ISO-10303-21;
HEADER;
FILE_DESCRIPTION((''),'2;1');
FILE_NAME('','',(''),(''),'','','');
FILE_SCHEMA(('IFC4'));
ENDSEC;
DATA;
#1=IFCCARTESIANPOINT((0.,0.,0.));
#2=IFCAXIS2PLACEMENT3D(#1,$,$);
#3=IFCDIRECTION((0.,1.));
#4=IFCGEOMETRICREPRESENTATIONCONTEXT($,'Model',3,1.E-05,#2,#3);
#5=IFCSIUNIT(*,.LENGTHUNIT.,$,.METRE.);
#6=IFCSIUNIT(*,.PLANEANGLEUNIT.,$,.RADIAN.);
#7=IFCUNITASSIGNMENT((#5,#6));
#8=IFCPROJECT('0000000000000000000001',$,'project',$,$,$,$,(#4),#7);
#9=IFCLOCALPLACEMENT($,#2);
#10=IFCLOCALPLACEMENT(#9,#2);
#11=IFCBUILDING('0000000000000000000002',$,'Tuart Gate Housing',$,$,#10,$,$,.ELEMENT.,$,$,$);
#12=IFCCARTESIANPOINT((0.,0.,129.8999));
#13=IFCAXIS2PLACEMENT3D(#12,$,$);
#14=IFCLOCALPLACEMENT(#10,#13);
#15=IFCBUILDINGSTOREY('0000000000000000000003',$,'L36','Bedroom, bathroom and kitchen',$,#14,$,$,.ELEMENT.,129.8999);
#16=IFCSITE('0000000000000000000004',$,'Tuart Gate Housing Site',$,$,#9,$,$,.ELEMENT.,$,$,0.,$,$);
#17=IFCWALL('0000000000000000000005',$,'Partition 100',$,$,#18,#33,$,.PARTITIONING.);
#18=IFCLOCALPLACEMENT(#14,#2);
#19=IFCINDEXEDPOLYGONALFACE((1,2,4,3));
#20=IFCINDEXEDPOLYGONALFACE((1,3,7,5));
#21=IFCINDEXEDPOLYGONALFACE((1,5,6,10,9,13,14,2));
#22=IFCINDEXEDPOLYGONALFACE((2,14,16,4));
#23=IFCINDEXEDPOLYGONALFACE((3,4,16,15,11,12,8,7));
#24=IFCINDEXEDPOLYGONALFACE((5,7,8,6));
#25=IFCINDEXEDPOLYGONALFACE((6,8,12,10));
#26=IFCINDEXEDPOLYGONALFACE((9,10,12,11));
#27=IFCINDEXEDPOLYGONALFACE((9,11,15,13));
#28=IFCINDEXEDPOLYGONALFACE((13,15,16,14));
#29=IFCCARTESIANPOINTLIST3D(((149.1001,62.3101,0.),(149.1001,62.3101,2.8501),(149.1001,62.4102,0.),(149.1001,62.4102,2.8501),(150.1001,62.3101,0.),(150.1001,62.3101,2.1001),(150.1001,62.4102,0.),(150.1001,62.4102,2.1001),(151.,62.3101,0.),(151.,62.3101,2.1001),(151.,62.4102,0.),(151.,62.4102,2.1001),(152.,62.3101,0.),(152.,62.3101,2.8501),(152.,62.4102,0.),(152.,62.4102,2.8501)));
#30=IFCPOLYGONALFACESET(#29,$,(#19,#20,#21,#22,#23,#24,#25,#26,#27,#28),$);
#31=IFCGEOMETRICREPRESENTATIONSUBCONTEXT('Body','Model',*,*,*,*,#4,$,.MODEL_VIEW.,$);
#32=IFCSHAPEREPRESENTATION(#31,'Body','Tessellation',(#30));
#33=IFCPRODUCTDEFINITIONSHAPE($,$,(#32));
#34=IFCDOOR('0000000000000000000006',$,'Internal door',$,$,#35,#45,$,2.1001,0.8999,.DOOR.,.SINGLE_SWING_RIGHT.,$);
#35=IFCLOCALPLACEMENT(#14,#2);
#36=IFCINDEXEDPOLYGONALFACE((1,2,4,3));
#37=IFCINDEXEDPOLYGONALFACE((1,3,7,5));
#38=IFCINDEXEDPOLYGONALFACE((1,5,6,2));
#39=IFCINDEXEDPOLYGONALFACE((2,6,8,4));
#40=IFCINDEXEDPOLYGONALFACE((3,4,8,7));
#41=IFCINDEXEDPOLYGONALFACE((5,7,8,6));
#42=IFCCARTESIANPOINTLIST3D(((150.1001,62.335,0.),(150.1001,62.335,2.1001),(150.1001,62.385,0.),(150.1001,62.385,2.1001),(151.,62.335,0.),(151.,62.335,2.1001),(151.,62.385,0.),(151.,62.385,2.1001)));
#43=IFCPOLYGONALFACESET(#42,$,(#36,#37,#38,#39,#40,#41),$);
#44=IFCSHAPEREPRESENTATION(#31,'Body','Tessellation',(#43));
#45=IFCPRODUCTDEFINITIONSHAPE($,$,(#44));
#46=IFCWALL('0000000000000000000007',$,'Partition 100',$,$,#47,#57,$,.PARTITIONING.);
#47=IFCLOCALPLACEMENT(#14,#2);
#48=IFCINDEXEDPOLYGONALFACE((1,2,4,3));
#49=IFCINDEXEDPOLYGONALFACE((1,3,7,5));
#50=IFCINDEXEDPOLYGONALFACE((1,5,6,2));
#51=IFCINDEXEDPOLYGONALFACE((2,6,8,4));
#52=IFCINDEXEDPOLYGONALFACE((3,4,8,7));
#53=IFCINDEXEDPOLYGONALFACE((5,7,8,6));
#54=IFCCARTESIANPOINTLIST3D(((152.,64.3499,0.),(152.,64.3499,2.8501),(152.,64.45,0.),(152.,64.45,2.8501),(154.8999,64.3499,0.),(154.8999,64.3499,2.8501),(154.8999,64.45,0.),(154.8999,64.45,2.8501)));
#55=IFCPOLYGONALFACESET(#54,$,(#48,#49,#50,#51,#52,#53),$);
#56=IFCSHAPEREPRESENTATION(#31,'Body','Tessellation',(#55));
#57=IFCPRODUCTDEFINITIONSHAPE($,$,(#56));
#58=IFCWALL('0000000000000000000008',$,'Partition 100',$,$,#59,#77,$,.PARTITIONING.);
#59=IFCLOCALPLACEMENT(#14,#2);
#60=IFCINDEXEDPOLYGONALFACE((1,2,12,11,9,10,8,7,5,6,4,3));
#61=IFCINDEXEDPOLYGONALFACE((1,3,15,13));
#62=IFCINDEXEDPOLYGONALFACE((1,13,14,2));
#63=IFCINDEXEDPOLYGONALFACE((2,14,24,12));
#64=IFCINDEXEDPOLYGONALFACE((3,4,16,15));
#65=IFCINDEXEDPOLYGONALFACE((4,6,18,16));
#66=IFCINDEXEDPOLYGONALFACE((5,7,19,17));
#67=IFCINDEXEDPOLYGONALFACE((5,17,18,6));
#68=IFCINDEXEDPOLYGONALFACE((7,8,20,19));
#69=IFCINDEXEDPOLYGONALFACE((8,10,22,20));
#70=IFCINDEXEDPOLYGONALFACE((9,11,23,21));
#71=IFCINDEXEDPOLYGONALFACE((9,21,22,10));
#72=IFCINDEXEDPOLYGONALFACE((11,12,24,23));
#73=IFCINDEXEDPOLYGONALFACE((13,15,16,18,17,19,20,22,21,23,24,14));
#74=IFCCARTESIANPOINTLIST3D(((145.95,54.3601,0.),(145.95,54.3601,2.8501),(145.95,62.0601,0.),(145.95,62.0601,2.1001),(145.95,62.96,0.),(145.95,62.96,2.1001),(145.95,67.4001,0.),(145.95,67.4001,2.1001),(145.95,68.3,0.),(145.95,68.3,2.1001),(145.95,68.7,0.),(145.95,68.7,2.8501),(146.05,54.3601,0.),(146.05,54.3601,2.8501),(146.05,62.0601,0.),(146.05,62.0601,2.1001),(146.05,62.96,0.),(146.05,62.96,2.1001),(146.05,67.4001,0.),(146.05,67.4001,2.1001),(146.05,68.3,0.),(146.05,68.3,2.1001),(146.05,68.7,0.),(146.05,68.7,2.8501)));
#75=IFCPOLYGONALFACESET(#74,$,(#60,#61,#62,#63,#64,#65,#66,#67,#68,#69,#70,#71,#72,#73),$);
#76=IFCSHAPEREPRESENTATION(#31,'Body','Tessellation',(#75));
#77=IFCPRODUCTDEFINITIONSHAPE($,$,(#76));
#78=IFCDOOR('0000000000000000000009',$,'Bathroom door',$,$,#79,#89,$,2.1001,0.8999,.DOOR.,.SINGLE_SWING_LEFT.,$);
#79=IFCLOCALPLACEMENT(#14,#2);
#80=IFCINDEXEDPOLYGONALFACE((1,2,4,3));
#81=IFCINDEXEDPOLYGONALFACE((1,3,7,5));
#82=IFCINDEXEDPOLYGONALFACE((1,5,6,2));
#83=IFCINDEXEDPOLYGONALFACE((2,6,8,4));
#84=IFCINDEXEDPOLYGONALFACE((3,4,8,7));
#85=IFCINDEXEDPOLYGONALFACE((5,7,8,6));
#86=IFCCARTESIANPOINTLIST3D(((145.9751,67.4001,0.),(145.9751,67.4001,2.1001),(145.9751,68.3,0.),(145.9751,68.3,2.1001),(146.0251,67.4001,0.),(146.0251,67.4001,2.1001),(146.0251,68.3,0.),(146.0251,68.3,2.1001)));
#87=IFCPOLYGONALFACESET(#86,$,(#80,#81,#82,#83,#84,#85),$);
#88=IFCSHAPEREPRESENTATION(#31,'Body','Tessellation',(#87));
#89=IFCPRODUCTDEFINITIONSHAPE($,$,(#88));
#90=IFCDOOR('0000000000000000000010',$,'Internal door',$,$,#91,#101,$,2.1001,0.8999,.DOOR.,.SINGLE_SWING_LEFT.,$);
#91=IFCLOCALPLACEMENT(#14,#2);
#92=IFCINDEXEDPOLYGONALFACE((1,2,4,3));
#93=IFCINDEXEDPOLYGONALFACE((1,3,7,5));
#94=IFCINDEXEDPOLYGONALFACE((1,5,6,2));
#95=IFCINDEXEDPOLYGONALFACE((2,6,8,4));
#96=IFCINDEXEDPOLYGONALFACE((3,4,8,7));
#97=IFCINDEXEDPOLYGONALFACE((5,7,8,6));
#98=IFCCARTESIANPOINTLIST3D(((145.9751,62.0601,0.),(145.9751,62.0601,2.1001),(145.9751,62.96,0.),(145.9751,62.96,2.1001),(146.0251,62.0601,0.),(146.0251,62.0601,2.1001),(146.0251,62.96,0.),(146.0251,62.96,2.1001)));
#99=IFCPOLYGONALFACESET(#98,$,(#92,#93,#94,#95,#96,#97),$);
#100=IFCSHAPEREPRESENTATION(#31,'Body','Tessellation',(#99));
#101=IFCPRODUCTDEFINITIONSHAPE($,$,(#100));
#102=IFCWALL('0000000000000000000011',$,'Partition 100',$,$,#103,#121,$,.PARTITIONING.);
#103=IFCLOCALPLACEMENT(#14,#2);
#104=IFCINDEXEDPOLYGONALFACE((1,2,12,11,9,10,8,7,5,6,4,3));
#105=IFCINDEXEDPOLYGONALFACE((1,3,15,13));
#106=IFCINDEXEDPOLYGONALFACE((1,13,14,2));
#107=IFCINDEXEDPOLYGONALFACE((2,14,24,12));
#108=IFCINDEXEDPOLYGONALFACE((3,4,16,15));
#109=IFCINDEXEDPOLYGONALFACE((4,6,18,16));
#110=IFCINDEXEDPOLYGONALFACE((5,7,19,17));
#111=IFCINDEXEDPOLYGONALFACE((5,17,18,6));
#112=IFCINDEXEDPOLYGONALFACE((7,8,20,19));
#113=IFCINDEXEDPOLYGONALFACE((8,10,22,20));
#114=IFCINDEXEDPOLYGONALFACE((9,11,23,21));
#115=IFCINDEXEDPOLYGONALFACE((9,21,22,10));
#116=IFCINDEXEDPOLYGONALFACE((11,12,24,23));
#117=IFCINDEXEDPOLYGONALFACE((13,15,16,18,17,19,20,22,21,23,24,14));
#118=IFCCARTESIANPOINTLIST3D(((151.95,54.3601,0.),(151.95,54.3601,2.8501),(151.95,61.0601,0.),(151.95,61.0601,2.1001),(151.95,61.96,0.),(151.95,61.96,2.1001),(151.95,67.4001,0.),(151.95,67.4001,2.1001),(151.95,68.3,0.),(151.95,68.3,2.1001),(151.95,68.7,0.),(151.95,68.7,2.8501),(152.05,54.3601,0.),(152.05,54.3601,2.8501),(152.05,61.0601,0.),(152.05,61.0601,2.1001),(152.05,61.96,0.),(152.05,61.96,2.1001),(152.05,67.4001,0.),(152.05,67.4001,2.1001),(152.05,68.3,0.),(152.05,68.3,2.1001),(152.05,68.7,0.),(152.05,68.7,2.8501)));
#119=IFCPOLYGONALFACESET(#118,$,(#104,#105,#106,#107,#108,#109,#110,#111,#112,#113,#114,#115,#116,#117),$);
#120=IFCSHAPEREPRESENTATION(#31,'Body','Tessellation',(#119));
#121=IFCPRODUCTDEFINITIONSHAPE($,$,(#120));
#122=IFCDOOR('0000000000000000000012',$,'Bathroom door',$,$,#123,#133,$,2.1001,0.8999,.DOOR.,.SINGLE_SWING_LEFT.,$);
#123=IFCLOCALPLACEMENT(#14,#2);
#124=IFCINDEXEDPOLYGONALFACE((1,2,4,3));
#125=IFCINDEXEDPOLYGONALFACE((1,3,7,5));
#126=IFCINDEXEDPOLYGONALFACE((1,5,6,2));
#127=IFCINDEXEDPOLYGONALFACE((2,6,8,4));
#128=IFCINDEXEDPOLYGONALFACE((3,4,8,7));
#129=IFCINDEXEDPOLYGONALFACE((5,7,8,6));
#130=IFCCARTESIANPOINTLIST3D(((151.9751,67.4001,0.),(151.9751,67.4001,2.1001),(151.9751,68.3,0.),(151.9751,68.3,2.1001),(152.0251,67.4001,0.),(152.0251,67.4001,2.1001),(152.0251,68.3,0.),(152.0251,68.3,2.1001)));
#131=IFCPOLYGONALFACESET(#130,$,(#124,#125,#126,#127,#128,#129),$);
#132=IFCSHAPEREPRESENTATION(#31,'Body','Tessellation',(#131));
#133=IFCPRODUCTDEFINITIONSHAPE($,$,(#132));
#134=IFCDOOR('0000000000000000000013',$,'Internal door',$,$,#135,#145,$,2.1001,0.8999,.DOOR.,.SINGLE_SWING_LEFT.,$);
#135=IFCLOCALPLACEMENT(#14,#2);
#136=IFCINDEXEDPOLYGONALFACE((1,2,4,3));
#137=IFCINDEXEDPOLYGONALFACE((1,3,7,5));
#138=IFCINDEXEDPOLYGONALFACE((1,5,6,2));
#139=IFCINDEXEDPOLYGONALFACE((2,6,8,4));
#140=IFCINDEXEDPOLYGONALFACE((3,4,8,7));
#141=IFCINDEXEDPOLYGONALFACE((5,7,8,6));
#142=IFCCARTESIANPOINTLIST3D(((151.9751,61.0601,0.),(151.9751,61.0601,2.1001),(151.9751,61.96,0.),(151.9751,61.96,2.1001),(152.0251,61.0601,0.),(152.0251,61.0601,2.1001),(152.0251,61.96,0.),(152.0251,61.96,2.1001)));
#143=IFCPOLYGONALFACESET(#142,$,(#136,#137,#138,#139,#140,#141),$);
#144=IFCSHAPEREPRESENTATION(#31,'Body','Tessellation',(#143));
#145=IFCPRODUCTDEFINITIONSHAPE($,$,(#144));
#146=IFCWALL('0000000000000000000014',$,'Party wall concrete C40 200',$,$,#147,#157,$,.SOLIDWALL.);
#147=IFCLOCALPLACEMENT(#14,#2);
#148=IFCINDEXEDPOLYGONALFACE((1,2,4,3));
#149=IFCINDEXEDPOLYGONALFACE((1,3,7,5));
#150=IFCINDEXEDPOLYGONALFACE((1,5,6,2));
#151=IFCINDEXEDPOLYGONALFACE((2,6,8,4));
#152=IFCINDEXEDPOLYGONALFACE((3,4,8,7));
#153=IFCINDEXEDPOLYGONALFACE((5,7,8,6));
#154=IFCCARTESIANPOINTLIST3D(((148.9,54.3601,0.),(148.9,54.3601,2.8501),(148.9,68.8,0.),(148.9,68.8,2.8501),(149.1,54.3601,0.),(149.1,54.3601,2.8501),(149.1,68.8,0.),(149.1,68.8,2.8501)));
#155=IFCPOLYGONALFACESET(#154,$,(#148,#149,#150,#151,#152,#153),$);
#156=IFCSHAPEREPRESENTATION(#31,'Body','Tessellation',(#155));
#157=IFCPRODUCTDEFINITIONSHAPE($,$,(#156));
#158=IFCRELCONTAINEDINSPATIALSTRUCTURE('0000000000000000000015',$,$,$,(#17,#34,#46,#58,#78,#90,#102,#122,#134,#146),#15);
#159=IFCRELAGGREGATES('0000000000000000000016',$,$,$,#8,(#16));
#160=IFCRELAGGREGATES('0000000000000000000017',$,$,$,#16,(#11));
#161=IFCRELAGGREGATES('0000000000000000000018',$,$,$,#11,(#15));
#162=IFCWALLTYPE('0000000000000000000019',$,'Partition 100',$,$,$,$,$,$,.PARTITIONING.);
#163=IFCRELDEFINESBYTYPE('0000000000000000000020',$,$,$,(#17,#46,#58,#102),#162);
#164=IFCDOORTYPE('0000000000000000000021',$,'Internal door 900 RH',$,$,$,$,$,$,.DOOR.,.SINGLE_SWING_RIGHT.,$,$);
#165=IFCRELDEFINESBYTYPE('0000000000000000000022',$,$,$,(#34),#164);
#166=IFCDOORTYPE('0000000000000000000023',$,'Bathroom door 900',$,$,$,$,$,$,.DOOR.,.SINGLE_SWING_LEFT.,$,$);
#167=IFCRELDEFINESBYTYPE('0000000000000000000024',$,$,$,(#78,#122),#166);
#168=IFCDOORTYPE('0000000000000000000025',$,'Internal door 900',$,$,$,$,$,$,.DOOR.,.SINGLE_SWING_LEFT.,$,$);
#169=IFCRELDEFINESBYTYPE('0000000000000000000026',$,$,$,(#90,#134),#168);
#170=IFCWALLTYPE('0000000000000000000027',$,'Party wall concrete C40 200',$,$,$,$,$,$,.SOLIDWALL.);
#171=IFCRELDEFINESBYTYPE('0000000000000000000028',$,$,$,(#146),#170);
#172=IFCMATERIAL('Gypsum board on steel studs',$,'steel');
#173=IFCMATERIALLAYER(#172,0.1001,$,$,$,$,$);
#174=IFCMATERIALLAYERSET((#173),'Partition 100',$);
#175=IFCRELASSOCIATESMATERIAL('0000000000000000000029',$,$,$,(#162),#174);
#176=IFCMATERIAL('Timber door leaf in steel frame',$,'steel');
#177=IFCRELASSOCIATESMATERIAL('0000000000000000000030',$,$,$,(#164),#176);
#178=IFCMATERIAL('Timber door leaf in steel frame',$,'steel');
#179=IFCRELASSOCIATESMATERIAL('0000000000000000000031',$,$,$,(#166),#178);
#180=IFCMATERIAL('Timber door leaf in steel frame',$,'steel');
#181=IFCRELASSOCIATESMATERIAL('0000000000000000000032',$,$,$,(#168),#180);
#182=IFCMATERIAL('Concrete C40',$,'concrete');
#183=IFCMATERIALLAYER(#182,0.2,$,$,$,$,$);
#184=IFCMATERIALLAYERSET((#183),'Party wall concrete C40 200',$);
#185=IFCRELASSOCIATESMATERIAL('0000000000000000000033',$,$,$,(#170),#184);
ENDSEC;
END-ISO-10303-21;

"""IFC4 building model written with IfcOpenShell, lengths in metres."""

from ifc_helpers import new_model, si_unit, direction, frame, frame_2d, origin, place, context, subcontext, project, spatial, rectangle, extrude, material, layer, layer_set, type_object, element, fill, save


model = new_model("IFC4")

# Units and contexts
model_context = context("Model", 3, precision=1e-05, world=origin(), true_north=direction((0.0, 1.0)))
body_context = subcontext(model_context, "Body", "Model", "MODEL_VIEW")
ifc_project = project(units=[si_unit("LENGTHUNIT", "METRE"), si_unit("PLANEANGLEUNIT", "RADIAN")], contexts=[model_context])

# Site, building, storey
site_placement = place(None, origin())
site = spatial("IfcSite", under=ifc_project, at=site_placement, Name="Tuart Gate Housing Site", CompositionType="ELEMENT", RefElevation=0.0)
building_placement = place(site_placement, origin())
building = spatial("IfcBuilding", under=site, at=building_placement, Name="Tuart Gate Housing", CompositionType="ELEMENT")
storey_placement = place(building_placement, frame((0.0, 0.0, 129.8999)))
storey = spatial("IfcBuildingStorey", under=building, at=storey_placement, Name="L36", Description="Bedroom, bathroom and kitchen", CompositionType="ELEMENT", Elevation=129.8999)

# Shared definitions
ifc_material_1 = material(Name="Gypsum board on steel studs", Category="steel")
ifc_layer_1 = layer(ifc_material_1, 0.1001)
ifc_layer_set_1 = layer_set([ifc_layer_1], Name="Partition 100")
wall_type_1 = type_object("IfcWallType", Name="Partition 100", PredefinedType="PARTITIONING", material=ifc_layer_set_1)

# Wall, opening, door
wall_1_placement = place(storey_placement, frame((149.1001, 62.3601, 0.0), z_axis=(0.0, 0.0, 1.0), x_axis=(1.0, 0.0, 0.0)))
wall_1 = element("IfcWall", 1, at=wall_1_placement, inside=storey, type_object=wall_type_1, Name="Partition 100", PredefinedType="PARTITIONING", context=body_context, shape_type="SweptSolid", body=[
    extrude(rectangle(XDim=2.8999, YDim=0.1001, at=frame_2d((1.45, 0.0))), origin(), (0.0, 0.0, 1.0), 2.8501),
])
opening_1_placement = place(wall_1_placement, frame((1.0, 0.0, 0.0)))
opening_1 = element("IfcOpeningElement", 2, at=opening_1_placement, cuts=wall_1, PredefinedType="OPENING", context=body_context, shape_type="SweptSolid", body=[
    extrude(rectangle(XDim=0.8999, YDim=2.1001, at=frame_2d((0.45, 1.05))), frame((0.0, 0.0601, 0.0), z_axis=(0.0, -1.0, 0.0), x_axis=(1.0, 0.0, 0.0)), (0.0, 0.0, 1.0), 0.1201),
])
ifc_material_2 = material(Name="Timber door leaf in steel frame", Category="steel")
door_type_1 = type_object("IfcDoorType", Name="Internal door 900 RH", OperationType="SINGLE_SWING_RIGHT", PredefinedType="DOOR", material=ifc_material_2)
door_1_placement = place(opening_1_placement, origin())
door_1 = element("IfcDoor", 3, at=door_1_placement, inside=storey, type_object=door_type_1, Name="Internal door", OperationType="SINGLE_SWING_RIGHT", OverallHeight=2.1001, OverallWidth=0.8999, PredefinedType="DOOR", context=body_context, shape_type="SweptSolid", body=[
    extrude(rectangle(XDim=0.8999, YDim=2.1001, at=frame_2d((0.45, 1.05))), frame((0.0, 0.0249, 0.0), z_axis=(0.0, -1.0, 0.0), x_axis=(1.0, 0.0, 0.0)), (0.0, 0.0, 1.0), 0.05),
])
fill(opening_1, door_1)

# Wall
wall_2_placement = place(storey_placement, frame((152.0, 64.3999, 0.0), z_axis=(0.0, 0.0, 1.0), x_axis=(1.0, 0.0, 0.0)))
element("IfcWall", 4, at=wall_2_placement, inside=storey, type_object=wall_type_1, Name="Partition 100", PredefinedType="PARTITIONING", context=body_context, shape_type="SweptSolid", body=[
    extrude(rectangle(XDim=2.8999, YDim=0.1001, at=frame_2d((1.45, 0.0))), origin(), (0.0, 0.0, 1.0), 2.8501),
])

# Walls, openings, doors
wall_3_placement = place(storey_placement, frame((146.0, 54.3601, 0.0), z_axis=(0.0, 0.0, 1.0), x_axis=(0.0, 1.0, 0.0)))
wall_3 = element("IfcWall", 5, at=wall_3_placement, inside=storey, type_object=wall_type_1, Name="Partition 100", PredefinedType="PARTITIONING", context=body_context, shape_type="SweptSolid", body=[
    extrude(rectangle(XDim=14.3398, YDim=0.1001, at=frame_2d((7.1699, 0.0))), origin(), (0.0, 0.0, 1.0), 2.8501),
])
opening_2_placement = place(wall_3_placement, frame((7.7, 0.0, 0.0)))
opening_2 = element("IfcOpeningElement", 6, at=opening_2_placement, cuts=wall_3, PredefinedType="OPENING", context=body_context, shape_type="SweptSolid", body=[
    extrude(rectangle(XDim=0.8999, YDim=2.1001, at=frame_2d((0.45, 1.05))), frame((0.0, 0.0601, 0.0), z_axis=(0.0, -1.0, 0.0), x_axis=(1.0, 0.0, 0.0)), (0.0, 0.0, 1.0), 0.1201),
])
opening_3_placement = place(wall_3_placement, frame((13.04, 0.0, 0.0)))
opening_3 = element("IfcOpeningElement", 7, at=opening_3_placement, cuts=wall_3, PredefinedType="OPENING", context=body_context, shape_type="SweptSolid", body=[
    extrude(rectangle(XDim=0.8999, YDim=2.1001, at=frame_2d((0.45, 1.05))), frame((0.0, 0.0601, 0.0), z_axis=(0.0, -1.0, 0.0), x_axis=(1.0, 0.0, 0.0)), (0.0, 0.0, 1.0), 0.1201),
])
ifc_material_3 = material(Name="Timber door leaf in steel frame", Category="steel")
door_type_2 = type_object("IfcDoorType", Name="Bathroom door 900", OperationType="SINGLE_SWING_LEFT", PredefinedType="DOOR", material=ifc_material_3)
door_2_placement = place(opening_3_placement, frame((0.8999, 0.0, 0.0), z_axis=(0.0, 0.0, 1.0), x_axis=(-1.0, 0.0, 0.0)))
door_2 = element("IfcDoor", 8, at=door_2_placement, inside=storey, type_object=door_type_2, Name="Bathroom door", OperationType="SINGLE_SWING_LEFT", OverallHeight=2.1001, OverallWidth=0.8999, PredefinedType="DOOR", context=body_context, shape_type="SweptSolid", body=[
    extrude(rectangle(XDim=0.8999, YDim=2.1001, at=frame_2d((0.45, 1.05))), frame((0.0, 0.0251, 0.0), z_axis=(0.0, -1.0, 0.0), x_axis=(1.0, 0.0, 0.0)), (0.0, 0.0, 1.0), 0.05),
])
fill(opening_3, door_2)
ifc_material_4 = material(Name="Timber door leaf in steel frame", Category="steel")
door_type_3 = type_object("IfcDoorType", Name="Internal door 900", OperationType="SINGLE_SWING_LEFT", PredefinedType="DOOR", material=ifc_material_4)
door_3_placement = place(opening_2_placement, frame((0.8999, 0.0, 0.0), z_axis=(0.0, 0.0, 1.0), x_axis=(-1.0, 0.0, 0.0)))
door_3 = element("IfcDoor", 9, at=door_3_placement, inside=storey, type_object=door_type_3, Name="Internal door", OperationType="SINGLE_SWING_LEFT", OverallHeight=2.1001, OverallWidth=0.8999, PredefinedType="DOOR", context=body_context, shape_type="SweptSolid", body=[
    extrude(rectangle(XDim=0.8999, YDim=2.1001, at=frame_2d((0.45, 1.05))), frame((0.0, 0.0251, 0.0), z_axis=(0.0, -1.0, 0.0), x_axis=(1.0, 0.0, 0.0)), (0.0, 0.0, 1.0), 0.05),
])
fill(opening_2, door_3)
wall_4_placement = place(storey_placement, frame((152.0, 54.3601, 0.0), z_axis=(0.0, 0.0, 1.0), x_axis=(0.0, 1.0, 0.0)))
wall_4 = element("IfcWall", 10, at=wall_4_placement, inside=storey, type_object=wall_type_1, Name="Partition 100", PredefinedType="PARTITIONING", context=body_context, shape_type="SweptSolid", body=[
    extrude(rectangle(XDim=14.3398, YDim=0.1001, at=frame_2d((7.1699, 0.0))), origin(), (0.0, 0.0, 1.0), 2.8501),
])
opening_4_placement = place(wall_4_placement, frame((6.7, 0.0, 0.0)))
opening_4 = element("IfcOpeningElement", 11, at=opening_4_placement, cuts=wall_4, PredefinedType="OPENING", context=body_context, shape_type="SweptSolid", body=[
    extrude(rectangle(XDim=0.8999, YDim=2.1001, at=frame_2d((0.45, 1.05))), frame((0.0, 0.0601, 0.0), z_axis=(0.0, -1.0, 0.0), x_axis=(1.0, 0.0, 0.0)), (0.0, 0.0, 1.0), 0.1201),
])
opening_5_placement = place(wall_4_placement, frame((13.04, 0.0, 0.0)))
opening_5 = element("IfcOpeningElement", 12, at=opening_5_placement, cuts=wall_4, PredefinedType="OPENING", context=body_context, shape_type="SweptSolid", body=[
    extrude(rectangle(XDim=0.8999, YDim=2.1001, at=frame_2d((0.45, 1.05))), frame((0.0, 0.0601, 0.0), z_axis=(0.0, -1.0, 0.0), x_axis=(1.0, 0.0, 0.0)), (0.0, 0.0, 1.0), 0.1201),
])
door_4_placement = place(opening_5_placement, frame((0.8999, 0.0, 0.0), z_axis=(0.0, 0.0, 1.0), x_axis=(-1.0, 0.0, 0.0)))
door_4 = element("IfcDoor", 13, at=door_4_placement, inside=storey, type_object=door_type_2, Name="Bathroom door", OperationType="SINGLE_SWING_LEFT", OverallHeight=2.1001, OverallWidth=0.8999, PredefinedType="DOOR", context=body_context, shape_type="SweptSolid", body=[
    extrude(rectangle(XDim=0.8999, YDim=2.1001, at=frame_2d((0.45, 1.05))), frame((0.0, 0.0251, 0.0), z_axis=(0.0, -1.0, 0.0), x_axis=(1.0, 0.0, 0.0)), (0.0, 0.0, 1.0), 0.05),
])
fill(opening_5, door_4)
door_5_placement = place(opening_4_placement, frame((0.8999, 0.0, 0.0), z_axis=(0.0, 0.0, 1.0), x_axis=(-1.0, 0.0, 0.0)))
door_5 = element("IfcDoor", 14, at=door_5_placement, inside=storey, type_object=door_type_3, Name="Internal door", OperationType="SINGLE_SWING_LEFT", OverallHeight=2.1001, OverallWidth=0.8999, PredefinedType="DOOR", context=body_context, shape_type="SweptSolid", body=[
    extrude(rectangle(XDim=0.8999, YDim=2.1001, at=frame_2d((0.45, 1.05))), frame((0.0, 0.0251, 0.0), z_axis=(0.0, -1.0, 0.0), x_axis=(1.0, 0.0, 0.0)), (0.0, 0.0, 1.0), 0.05),
])
fill(opening_4, door_5)

# Wall
ifc_material_5 = material(Name="Concrete C40", Category="concrete")
ifc_layer_2 = layer(ifc_material_5, 0.2)
ifc_layer_set_2 = layer_set([ifc_layer_2], Name="Party wall concrete C40 200")
wall_type_2 = type_object("IfcWallType", Name="Party wall concrete C40 200", PredefinedType="SOLIDWALL", material=ifc_layer_set_2)
wall_5_placement = place(storey_placement, frame((149.0, 54.3601, 0.0), z_axis=(0.0, 0.0, 1.0), x_axis=(0.0, 1.0, 0.0)))
element("IfcWall", 15, at=wall_5_placement, inside=storey, type_object=wall_type_2, Name="Party wall concrete C40 200", PredefinedType="SOLIDWALL", context=body_context, shape_type="SweptSolid", body=[
    extrude(rectangle(XDim=14.4399, YDim=0.2, at=frame_2d((7.22, 0.0))), origin(), (0.0, 0.0, 1.0), 2.8501),
])

save(model, "model.ifc")
